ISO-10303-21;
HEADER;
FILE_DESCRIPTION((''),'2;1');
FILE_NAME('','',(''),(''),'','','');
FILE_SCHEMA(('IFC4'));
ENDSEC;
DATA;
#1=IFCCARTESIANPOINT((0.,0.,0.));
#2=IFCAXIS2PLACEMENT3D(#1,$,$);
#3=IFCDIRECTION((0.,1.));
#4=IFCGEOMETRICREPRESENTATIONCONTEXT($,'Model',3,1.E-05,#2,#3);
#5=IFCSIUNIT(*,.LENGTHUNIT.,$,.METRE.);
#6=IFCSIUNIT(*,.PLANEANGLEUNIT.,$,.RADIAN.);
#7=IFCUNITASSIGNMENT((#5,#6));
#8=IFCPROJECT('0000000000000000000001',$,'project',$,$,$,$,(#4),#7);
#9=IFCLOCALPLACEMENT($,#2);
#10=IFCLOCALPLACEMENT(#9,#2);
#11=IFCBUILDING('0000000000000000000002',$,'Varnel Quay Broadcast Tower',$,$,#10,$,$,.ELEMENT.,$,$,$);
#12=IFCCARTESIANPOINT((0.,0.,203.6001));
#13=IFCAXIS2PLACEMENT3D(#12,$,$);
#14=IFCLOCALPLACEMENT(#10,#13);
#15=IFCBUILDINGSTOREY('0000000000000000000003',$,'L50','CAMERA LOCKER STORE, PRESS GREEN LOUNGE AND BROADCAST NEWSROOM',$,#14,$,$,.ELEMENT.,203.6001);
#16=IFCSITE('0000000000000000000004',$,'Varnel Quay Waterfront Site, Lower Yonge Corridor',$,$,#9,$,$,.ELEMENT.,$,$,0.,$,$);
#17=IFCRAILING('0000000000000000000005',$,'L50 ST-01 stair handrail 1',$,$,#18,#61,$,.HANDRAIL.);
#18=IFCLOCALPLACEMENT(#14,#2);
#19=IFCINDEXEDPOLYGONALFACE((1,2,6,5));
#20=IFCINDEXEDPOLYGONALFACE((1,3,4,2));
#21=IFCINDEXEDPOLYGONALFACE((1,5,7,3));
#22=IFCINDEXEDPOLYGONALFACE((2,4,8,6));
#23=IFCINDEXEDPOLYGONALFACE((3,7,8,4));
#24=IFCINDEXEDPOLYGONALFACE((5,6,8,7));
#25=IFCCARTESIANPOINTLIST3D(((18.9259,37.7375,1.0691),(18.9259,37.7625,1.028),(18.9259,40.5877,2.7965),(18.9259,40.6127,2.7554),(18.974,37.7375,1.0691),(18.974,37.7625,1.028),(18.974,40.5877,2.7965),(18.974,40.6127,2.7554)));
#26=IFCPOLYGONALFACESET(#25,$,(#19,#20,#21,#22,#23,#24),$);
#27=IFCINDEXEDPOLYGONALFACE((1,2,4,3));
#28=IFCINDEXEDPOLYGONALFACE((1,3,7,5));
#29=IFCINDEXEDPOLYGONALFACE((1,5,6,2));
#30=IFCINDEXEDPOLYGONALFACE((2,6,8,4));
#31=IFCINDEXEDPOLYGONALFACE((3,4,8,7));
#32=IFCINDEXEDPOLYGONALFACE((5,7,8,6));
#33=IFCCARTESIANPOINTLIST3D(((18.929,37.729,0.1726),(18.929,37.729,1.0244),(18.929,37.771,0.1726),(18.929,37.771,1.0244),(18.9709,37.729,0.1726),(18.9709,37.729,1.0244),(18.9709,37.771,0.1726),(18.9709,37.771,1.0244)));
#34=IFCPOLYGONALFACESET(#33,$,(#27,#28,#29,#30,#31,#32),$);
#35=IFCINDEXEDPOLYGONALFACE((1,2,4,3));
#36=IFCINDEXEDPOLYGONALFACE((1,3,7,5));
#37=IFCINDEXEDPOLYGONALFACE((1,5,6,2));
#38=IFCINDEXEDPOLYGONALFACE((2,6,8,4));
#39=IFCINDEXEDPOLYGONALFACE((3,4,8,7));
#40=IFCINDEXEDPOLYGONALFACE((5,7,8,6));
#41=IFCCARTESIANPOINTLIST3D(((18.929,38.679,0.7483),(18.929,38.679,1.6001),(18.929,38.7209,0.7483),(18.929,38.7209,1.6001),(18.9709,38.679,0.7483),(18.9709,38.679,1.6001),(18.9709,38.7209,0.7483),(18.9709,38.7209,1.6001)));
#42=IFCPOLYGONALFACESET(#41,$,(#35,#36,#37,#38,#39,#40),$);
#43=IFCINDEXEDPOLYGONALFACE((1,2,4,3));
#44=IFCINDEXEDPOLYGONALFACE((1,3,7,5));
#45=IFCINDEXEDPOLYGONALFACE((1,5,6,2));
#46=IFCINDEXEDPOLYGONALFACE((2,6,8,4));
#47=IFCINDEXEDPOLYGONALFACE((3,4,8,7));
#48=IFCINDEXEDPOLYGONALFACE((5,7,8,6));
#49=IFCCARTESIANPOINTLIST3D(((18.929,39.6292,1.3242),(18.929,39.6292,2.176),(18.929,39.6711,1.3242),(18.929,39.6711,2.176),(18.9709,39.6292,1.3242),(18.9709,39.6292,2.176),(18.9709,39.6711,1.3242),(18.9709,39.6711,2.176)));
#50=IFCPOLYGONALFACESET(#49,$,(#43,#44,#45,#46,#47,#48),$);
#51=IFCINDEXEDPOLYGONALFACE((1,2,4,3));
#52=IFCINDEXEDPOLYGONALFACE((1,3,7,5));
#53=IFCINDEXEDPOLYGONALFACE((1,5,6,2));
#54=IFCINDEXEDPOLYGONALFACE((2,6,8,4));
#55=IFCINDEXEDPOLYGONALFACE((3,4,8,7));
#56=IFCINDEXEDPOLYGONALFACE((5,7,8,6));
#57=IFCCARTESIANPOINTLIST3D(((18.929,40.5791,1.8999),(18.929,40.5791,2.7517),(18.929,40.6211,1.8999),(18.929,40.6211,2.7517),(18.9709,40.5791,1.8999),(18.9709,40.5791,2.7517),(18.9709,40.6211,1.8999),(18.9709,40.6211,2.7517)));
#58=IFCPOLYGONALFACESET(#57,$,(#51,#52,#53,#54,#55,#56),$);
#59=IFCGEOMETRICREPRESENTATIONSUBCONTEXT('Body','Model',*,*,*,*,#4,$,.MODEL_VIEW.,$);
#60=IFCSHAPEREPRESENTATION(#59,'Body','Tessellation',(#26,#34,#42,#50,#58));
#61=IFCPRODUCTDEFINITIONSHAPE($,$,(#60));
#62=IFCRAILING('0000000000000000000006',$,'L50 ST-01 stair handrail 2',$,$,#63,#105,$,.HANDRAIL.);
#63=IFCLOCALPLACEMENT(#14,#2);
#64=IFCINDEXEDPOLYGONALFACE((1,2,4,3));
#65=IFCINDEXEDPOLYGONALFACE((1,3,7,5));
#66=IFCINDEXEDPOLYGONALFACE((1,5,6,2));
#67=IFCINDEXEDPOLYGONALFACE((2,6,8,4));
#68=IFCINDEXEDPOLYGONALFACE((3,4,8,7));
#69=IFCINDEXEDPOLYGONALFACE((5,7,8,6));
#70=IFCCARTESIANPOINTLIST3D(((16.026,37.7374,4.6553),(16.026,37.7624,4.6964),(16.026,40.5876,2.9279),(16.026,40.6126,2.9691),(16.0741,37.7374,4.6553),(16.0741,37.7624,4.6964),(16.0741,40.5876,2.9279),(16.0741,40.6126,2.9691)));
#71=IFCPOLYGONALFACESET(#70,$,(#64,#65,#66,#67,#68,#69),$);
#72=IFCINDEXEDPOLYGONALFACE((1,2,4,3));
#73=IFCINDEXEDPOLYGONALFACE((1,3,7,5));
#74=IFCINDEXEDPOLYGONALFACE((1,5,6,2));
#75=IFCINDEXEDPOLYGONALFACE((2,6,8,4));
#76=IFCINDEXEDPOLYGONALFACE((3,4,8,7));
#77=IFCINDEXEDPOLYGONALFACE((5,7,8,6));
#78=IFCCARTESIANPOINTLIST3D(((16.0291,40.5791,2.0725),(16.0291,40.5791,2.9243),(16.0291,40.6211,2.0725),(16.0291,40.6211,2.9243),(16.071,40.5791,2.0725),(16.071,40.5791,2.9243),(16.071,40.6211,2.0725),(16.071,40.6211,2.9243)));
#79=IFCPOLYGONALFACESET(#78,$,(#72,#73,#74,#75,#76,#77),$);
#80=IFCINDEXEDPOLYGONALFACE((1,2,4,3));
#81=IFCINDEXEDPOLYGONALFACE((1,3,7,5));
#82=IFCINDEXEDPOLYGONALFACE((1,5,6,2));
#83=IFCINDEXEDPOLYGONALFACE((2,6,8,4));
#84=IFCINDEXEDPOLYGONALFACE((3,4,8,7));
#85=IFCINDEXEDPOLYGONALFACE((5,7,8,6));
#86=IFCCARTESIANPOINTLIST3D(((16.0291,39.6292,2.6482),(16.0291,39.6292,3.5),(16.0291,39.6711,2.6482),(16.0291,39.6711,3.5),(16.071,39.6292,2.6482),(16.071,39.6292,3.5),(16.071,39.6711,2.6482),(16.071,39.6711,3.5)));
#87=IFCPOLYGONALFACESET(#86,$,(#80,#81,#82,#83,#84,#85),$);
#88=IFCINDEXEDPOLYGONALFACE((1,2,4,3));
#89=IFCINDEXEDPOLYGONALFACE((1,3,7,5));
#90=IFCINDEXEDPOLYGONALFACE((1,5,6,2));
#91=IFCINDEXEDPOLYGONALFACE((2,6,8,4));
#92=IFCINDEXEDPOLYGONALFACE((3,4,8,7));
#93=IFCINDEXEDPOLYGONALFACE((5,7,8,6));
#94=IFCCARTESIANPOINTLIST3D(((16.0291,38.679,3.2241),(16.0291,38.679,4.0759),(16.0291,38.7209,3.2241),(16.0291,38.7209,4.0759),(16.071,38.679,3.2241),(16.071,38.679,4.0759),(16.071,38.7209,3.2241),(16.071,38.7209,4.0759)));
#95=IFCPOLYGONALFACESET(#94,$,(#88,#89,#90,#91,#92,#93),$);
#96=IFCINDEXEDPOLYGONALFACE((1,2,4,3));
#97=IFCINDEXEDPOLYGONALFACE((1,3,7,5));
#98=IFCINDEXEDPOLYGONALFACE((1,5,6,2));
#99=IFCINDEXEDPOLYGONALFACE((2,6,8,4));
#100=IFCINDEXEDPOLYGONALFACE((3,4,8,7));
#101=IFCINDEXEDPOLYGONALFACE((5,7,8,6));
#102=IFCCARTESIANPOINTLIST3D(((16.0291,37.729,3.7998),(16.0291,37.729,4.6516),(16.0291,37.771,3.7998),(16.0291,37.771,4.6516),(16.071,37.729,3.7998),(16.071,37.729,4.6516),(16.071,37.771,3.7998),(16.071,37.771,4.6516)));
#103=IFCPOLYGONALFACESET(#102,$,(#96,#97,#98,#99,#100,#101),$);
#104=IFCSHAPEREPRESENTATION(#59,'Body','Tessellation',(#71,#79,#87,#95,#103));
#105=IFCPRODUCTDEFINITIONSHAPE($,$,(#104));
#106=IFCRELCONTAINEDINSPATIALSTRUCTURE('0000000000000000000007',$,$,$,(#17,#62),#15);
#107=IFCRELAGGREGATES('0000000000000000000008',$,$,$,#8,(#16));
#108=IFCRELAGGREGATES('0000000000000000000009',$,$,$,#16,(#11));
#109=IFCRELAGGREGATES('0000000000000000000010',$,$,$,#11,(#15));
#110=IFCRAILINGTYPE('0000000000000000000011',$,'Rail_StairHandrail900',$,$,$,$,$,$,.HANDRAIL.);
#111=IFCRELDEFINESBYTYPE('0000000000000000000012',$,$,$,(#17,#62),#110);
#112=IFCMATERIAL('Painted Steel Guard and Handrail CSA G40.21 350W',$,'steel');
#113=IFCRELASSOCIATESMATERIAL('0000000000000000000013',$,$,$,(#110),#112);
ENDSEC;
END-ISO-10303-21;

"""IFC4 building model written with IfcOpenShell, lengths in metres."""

from ifc_helpers import new_model, si_unit, direction, frame, origin, origin_2d, place, context, subcontext, project, spatial, rectangle, extrude, material, type_object, element, save


model = new_model("IFC4")

# Units and contexts
model_context = context("Model", 3, precision=1e-05, world=origin(), true_north=direction((0.0, 1.0)))
body_context = subcontext(model_context, "Body", "Model", "MODEL_VIEW")
ifc_project = project(units=[si_unit("LENGTHUNIT", "METRE"), si_unit("PLANEANGLEUNIT", "RADIAN")], contexts=[model_context])

# Site, building, storey
site_placement = place(None, origin())
site = spatial("IfcSite", under=ifc_project, at=site_placement, Name="Varnel Quay Waterfront Site, Lower Yonge Corridor", CompositionType="ELEMENT", RefElevation=0.0)
building_placement = place(site_placement, origin())
building = spatial("IfcBuilding", under=site, at=building_placement, Name="Varnel Quay Broadcast Tower", CompositionType="ELEMENT")
storey_placement = place(building_placement, frame((0.0, 0.0, 203.6001)))
storey = spatial("IfcBuildingStorey", under=building, at=storey_placement, Name="L50", Description="CAMERA LOCKER STORE, PRESS GREEN LOUNGE AND BROADCAST NEWSROOM", CompositionType="ELEMENT", Elevation=203.6001)

# Railings
ifc_material_1 = material(Name="Painted Steel Guard and Handrail CSA G40.21 350W", Category="steel")
railing_type_1 = type_object("IfcRailingType", Name="Rail_StairHandrail900", PredefinedType="HANDRAIL", material=ifc_material_1)
railing_1_placement = place(storey_placement, frame((18.95, 37.75, 0.1726)))
element("IfcRailing", 1, at=railing_1_placement, inside=storey, type_object=railing_type_1, Name="L50 ST-01 stair handrail 1", PredefinedType="HANDRAIL", context=body_context, shape_type="SweptSolid", body=[
    extrude(rectangle(XDim=0.0481, YDim=0.0481, at=origin_2d()), frame((0.0, 0.0, 0.876), z_axis=(0.0, 0.855203, 0.518294), x_axis=(-1.0, 0.0, 0.0)), (0.0, 0.0, 1.0), 3.3328),
    extrude(rectangle(XDim=0.042, YDim=0.042, at=origin_2d()), origin(), (0.0, 0.0, 1.0), 0.8518),
    extrude(rectangle(XDim=0.042, YDim=0.042, at=origin_2d()), frame((0.0, 0.95, 0.5757)), (0.0, 0.0, 1.0), 0.8518),
    extrude(rectangle(XDim=0.042, YDim=0.042, at=origin_2d()), frame((0.0, 1.9001, 1.1516)), (0.0, 0.0, 1.0), 0.8518),
    extrude(rectangle(XDim=0.042, YDim=0.042, at=origin_2d()), frame((0.0, 2.8501, 1.7273)), (0.0, 0.0, 1.0), 0.8518),
])
railing_2_placement = place(storey_placement, frame((16.05, 40.6001, 2.0725)))
element("IfcRailing", 2, at=railing_2_placement, inside=storey, type_object=railing_type_1, Name="L50 ST-01 stair handrail 2", PredefinedType="HANDRAIL", context=body_context, shape_type="SweptSolid", body=[
    extrude(rectangle(XDim=0.0481, YDim=0.0481, at=origin_2d()), frame((0.0, 0.0, 0.876), z_axis=(0.0, -0.855203, 0.518294), x_axis=(1.0, 0.0, 0.0)), (0.0, 0.0, 1.0), 3.3328),
    extrude(rectangle(XDim=0.042, YDim=0.042, at=origin_2d()), origin(), (0.0, 0.0, 1.0), 0.8518),
    extrude(rectangle(XDim=0.042, YDim=0.042, at=origin_2d()), frame((0.0, -0.95, 0.5757)), (0.0, 0.0, 1.0), 0.8518),
    extrude(rectangle(XDim=0.042, YDim=0.042, at=origin_2d()), frame((0.0, -1.9001, 1.1516)), (0.0, 0.0, 1.0), 0.8518),
    extrude(rectangle(XDim=0.042, YDim=0.042, at=origin_2d()), frame((0.0, -2.8501, 1.7273)), (0.0, 0.0, 1.0), 0.8518),
])

save(model, "model.ifc")
